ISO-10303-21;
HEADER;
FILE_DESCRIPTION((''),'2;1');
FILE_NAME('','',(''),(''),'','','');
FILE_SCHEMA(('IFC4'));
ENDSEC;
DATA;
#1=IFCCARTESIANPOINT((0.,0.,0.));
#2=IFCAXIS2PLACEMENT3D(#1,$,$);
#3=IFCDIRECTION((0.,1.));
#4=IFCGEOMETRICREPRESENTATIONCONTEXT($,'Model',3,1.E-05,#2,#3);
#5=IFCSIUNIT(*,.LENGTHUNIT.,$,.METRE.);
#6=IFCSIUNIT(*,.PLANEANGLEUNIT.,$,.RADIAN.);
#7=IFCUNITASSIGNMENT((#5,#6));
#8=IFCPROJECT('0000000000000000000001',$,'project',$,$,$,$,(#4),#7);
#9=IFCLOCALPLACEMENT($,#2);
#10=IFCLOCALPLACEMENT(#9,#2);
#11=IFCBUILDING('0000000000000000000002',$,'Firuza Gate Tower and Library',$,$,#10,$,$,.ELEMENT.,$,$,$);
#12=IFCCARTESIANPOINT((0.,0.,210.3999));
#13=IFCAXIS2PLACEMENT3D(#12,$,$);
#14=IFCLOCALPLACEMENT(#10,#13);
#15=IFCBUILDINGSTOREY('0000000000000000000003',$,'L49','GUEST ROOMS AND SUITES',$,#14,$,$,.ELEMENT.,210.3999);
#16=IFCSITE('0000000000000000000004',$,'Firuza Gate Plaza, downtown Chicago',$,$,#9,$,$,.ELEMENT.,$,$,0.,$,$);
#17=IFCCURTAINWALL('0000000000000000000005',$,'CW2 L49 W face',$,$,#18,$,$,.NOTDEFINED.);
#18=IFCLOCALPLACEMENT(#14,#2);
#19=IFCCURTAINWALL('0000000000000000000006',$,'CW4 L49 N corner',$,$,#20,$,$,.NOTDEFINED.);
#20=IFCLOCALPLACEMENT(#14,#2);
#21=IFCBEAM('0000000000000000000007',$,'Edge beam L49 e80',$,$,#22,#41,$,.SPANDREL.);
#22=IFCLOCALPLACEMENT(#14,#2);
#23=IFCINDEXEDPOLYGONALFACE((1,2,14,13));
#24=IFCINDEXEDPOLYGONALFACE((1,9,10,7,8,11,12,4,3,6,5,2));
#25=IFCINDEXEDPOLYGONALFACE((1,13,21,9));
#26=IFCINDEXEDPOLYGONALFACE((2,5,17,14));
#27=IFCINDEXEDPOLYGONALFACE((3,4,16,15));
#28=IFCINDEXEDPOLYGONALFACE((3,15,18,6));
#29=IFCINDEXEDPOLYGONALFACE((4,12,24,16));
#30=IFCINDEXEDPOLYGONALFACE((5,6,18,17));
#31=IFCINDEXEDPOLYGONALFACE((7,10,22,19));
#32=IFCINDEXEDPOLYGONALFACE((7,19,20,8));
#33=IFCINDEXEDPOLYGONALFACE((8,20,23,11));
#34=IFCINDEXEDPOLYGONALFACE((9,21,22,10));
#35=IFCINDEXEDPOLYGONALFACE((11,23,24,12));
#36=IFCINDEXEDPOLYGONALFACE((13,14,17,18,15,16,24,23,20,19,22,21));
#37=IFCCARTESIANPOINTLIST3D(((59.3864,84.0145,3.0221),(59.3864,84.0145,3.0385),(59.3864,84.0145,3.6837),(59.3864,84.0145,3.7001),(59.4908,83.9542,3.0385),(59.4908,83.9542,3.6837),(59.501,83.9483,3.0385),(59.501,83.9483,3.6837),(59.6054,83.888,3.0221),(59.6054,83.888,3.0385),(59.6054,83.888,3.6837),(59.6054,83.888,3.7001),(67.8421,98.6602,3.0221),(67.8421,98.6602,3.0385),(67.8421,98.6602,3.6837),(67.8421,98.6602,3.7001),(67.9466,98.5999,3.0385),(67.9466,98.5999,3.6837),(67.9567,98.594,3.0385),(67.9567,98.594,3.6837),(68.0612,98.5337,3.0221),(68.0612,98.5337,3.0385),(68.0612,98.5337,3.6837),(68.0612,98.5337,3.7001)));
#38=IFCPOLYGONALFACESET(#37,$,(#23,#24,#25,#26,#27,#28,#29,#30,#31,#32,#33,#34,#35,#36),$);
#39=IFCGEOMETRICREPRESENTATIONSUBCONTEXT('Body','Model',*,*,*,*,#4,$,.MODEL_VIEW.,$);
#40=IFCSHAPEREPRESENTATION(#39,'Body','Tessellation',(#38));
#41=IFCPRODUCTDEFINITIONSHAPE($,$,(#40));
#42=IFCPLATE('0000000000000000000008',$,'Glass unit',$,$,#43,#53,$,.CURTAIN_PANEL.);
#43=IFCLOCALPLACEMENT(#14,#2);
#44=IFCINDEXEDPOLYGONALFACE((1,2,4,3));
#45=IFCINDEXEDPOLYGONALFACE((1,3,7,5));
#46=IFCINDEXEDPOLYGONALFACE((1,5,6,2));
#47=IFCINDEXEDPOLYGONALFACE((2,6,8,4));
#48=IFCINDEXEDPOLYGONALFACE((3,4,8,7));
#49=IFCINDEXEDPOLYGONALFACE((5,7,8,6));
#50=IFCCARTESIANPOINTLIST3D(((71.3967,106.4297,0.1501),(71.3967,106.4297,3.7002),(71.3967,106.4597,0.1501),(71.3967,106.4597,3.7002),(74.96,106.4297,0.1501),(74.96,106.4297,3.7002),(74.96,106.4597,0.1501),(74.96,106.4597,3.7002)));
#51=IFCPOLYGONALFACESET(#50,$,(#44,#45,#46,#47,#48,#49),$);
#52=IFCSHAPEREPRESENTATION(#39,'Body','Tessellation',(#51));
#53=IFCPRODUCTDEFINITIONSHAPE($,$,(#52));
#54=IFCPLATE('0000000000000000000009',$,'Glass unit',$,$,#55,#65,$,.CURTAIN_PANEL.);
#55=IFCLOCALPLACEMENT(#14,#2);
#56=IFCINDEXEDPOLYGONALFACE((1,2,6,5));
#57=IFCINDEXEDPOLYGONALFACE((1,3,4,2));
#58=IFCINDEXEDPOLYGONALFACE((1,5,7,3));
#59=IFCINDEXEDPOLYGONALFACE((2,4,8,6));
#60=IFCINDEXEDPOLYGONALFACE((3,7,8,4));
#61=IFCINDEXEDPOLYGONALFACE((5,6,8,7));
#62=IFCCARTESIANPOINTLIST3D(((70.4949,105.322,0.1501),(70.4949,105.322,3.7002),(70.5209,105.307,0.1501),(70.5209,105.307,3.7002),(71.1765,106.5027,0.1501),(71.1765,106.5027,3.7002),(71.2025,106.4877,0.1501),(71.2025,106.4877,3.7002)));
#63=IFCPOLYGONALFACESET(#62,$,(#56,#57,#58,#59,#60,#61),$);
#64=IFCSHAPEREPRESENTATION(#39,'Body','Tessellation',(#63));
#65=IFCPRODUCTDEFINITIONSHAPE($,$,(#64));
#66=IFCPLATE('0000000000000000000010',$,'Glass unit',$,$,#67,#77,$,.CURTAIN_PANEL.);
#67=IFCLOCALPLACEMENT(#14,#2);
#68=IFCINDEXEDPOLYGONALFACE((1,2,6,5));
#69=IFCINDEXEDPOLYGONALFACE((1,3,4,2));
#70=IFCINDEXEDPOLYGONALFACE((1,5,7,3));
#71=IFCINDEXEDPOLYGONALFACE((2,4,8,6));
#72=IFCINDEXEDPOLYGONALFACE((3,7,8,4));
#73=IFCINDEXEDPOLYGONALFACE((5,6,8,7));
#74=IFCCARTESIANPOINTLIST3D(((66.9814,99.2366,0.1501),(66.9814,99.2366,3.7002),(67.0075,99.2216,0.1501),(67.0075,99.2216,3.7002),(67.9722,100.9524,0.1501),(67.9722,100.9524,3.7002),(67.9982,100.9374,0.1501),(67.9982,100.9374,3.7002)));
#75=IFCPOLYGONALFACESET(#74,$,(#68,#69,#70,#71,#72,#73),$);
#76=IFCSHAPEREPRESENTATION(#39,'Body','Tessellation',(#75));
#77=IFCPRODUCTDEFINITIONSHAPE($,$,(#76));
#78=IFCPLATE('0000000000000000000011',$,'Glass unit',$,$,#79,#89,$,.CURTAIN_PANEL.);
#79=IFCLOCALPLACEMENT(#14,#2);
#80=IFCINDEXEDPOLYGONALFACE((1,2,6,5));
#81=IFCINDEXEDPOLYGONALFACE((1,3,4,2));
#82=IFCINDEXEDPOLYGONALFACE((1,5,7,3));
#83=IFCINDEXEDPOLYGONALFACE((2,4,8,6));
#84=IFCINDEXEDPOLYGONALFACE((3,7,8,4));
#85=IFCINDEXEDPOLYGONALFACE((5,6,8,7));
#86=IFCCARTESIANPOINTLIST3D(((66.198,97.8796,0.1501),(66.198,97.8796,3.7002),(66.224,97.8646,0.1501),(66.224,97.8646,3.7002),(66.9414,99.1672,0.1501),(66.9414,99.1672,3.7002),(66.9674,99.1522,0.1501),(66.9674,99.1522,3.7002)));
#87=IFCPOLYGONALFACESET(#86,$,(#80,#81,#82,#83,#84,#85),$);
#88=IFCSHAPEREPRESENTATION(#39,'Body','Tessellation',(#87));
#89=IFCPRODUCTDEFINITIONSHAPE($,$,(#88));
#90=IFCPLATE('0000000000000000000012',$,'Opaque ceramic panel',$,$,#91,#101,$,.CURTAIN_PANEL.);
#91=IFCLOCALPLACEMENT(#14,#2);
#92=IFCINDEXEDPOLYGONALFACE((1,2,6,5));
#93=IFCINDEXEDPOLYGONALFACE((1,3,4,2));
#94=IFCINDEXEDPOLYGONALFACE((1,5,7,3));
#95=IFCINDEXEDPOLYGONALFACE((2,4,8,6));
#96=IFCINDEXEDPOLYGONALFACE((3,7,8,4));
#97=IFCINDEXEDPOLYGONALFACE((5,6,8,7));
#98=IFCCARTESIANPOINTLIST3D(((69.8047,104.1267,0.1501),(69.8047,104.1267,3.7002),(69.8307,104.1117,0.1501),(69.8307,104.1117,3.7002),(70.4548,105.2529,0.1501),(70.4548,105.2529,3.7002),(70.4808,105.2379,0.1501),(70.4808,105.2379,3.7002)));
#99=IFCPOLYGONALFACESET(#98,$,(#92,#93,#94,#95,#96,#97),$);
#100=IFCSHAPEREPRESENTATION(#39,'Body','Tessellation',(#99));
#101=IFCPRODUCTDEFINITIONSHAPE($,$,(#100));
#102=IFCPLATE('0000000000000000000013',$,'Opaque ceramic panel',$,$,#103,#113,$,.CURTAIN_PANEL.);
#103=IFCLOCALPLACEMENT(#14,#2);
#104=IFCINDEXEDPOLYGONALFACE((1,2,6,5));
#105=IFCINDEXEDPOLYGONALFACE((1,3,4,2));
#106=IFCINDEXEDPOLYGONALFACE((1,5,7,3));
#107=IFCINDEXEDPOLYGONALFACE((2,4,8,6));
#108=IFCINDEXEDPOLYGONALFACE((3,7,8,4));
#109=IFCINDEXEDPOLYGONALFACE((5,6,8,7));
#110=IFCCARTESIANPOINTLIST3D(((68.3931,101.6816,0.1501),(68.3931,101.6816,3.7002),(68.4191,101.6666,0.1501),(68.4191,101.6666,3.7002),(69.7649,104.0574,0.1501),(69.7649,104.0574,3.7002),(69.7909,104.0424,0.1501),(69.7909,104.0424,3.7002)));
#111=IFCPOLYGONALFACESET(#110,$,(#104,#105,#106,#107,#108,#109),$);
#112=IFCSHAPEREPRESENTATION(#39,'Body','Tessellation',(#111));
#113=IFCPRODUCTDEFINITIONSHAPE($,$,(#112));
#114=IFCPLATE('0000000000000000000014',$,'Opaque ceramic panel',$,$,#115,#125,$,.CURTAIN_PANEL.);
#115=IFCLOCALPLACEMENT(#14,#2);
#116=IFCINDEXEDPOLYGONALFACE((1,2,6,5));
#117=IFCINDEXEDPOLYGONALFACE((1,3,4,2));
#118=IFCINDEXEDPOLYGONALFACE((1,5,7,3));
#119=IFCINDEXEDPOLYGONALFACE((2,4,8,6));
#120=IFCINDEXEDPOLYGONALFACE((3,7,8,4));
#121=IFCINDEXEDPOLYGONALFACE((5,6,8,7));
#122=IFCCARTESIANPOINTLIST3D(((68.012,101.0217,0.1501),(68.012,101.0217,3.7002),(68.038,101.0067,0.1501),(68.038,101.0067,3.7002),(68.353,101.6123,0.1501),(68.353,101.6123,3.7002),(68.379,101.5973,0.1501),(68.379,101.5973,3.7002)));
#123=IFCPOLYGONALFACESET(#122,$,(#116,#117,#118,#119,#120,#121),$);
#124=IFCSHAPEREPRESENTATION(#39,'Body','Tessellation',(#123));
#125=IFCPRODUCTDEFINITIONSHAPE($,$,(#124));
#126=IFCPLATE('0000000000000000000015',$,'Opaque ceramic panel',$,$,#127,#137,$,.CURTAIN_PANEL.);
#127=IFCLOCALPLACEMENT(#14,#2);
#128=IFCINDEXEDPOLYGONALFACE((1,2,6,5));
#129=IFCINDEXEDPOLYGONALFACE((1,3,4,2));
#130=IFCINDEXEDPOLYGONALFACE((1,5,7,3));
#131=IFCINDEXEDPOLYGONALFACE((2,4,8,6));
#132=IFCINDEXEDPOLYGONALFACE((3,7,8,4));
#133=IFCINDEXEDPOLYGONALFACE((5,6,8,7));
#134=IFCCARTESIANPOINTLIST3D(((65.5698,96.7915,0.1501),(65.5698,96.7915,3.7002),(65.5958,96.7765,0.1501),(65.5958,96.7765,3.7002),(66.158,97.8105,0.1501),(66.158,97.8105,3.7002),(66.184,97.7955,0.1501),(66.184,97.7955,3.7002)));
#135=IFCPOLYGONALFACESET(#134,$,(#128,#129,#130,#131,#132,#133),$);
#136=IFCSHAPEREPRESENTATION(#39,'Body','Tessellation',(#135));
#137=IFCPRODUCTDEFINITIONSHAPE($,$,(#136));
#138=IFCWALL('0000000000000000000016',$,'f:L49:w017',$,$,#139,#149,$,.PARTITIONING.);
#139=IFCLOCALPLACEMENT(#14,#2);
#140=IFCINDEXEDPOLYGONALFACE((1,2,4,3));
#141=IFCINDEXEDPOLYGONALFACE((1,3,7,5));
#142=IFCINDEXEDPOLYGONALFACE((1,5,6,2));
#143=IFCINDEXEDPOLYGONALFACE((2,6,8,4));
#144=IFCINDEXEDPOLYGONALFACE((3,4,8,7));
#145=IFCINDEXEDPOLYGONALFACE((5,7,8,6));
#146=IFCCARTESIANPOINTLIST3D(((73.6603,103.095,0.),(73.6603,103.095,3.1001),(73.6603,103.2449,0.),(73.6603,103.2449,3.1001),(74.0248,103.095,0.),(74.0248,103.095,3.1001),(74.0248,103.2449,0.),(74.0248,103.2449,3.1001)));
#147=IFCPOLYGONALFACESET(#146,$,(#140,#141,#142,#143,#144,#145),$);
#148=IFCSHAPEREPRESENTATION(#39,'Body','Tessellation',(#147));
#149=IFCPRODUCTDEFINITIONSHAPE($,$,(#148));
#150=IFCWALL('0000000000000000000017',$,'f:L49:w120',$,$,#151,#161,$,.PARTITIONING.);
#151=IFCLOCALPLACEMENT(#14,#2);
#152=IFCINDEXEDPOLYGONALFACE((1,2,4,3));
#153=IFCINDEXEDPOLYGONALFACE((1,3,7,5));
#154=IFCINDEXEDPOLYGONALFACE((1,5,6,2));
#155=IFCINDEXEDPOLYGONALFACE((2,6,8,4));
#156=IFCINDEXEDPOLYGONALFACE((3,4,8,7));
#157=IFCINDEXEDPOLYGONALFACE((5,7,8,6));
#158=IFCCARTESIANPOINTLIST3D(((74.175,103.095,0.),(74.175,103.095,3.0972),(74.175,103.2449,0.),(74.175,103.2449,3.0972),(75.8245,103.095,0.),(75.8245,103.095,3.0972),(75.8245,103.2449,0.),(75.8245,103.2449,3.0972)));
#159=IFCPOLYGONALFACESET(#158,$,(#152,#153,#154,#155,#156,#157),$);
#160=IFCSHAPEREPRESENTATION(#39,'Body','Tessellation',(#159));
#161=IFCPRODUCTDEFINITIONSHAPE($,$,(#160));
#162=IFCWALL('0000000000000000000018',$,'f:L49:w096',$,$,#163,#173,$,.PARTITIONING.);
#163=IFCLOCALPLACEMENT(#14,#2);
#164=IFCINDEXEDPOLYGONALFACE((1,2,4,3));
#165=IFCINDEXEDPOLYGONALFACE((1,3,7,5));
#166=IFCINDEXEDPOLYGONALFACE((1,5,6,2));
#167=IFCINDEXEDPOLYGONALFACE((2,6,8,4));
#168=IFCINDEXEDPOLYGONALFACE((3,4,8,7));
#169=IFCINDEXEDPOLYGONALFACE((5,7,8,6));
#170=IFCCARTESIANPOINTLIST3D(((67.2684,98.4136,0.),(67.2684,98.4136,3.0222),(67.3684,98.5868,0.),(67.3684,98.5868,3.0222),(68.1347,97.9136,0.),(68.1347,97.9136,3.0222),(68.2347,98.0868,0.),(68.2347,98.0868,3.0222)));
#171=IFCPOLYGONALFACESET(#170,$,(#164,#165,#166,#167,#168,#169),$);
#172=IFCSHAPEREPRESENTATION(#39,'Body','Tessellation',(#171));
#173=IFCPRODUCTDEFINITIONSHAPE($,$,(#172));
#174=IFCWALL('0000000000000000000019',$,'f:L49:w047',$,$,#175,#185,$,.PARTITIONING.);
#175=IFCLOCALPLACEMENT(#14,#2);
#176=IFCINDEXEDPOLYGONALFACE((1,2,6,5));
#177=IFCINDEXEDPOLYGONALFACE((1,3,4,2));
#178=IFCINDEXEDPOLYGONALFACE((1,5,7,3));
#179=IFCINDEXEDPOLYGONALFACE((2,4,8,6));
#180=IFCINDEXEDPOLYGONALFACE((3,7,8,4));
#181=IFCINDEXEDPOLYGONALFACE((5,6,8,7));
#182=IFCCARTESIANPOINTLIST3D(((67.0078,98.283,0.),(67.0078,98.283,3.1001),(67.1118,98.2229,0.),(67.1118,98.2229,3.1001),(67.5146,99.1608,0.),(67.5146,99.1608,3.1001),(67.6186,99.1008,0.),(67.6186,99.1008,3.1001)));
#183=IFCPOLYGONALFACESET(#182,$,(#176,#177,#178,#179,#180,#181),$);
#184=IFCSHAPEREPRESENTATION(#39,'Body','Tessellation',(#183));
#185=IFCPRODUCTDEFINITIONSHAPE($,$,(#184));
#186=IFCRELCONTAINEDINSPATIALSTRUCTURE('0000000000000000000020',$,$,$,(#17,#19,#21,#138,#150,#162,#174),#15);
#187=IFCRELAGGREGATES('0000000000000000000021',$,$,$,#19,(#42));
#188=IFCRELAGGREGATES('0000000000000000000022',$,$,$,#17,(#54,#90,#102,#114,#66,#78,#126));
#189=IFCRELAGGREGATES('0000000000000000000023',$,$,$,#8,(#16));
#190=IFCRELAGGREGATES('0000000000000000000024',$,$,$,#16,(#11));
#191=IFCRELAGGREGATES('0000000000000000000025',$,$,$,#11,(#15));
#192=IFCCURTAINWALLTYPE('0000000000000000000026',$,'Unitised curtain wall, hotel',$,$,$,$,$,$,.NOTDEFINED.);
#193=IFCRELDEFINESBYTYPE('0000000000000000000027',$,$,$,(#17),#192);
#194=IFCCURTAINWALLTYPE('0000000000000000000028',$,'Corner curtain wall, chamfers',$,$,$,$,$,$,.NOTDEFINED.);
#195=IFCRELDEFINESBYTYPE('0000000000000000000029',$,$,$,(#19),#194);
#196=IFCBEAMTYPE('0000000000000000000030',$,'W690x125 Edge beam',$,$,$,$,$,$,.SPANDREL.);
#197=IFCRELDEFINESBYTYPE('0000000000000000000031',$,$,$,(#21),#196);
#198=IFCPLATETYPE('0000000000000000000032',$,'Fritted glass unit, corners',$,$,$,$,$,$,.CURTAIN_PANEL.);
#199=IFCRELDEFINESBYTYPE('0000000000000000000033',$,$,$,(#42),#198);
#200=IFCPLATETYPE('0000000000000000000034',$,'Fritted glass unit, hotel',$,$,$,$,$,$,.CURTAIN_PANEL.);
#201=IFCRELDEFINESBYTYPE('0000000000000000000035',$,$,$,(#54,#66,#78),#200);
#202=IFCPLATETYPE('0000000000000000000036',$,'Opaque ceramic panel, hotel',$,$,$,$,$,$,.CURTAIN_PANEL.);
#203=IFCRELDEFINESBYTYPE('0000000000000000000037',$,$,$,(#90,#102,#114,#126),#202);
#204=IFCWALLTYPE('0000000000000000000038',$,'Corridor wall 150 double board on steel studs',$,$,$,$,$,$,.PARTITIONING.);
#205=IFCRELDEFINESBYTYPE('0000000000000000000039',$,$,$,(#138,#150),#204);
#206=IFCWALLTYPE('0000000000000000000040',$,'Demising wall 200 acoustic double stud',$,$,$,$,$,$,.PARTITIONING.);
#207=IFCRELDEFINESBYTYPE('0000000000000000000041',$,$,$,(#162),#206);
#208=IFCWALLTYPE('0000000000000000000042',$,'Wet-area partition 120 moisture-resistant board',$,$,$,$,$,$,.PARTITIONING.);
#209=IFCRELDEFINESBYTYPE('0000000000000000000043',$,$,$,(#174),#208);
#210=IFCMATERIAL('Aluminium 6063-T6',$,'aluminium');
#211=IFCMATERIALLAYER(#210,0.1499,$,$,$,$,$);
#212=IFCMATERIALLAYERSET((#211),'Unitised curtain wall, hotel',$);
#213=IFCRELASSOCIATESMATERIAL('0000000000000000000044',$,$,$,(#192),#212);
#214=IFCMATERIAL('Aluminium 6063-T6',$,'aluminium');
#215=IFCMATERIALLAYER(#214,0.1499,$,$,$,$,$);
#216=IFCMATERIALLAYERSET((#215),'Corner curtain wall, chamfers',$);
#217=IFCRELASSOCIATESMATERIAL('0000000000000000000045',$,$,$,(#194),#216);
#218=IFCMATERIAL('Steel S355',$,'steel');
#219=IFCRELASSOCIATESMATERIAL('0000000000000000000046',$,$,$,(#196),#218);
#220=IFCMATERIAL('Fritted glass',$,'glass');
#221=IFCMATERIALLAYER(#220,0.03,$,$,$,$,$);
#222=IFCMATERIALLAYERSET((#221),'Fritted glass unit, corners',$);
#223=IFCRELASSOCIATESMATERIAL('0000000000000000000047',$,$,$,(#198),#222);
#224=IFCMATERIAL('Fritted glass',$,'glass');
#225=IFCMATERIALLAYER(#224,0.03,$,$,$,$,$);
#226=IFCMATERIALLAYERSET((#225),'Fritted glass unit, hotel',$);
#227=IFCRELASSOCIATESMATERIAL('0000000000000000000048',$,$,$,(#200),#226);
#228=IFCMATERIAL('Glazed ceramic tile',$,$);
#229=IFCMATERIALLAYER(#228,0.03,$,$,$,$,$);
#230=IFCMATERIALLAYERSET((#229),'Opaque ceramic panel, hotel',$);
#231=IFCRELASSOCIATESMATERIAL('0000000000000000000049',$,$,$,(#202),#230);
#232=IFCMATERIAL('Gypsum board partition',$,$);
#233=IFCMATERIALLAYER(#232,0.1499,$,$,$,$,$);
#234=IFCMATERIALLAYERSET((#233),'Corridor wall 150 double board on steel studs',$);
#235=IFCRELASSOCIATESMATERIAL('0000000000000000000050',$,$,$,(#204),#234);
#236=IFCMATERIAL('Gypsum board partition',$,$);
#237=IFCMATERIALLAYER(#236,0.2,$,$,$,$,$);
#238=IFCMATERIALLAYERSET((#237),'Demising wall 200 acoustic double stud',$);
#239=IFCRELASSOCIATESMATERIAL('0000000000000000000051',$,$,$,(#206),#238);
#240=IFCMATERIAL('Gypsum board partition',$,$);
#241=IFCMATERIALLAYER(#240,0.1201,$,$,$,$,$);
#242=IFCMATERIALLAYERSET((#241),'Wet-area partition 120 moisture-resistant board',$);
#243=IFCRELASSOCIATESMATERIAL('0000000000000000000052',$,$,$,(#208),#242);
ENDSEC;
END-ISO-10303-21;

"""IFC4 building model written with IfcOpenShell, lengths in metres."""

from ifc_helpers import new_model, si_unit, direction, frame, frame_2d, origin, origin_2d, place, context, subcontext, project, spatial, polyline, rectangle, i_section, outline, extrude, material, layer, layer_set, material_profile, profile_set, type_object, element, aggregate, save


model = new_model("IFC4")

# Units and contexts
model_context = context("Model", 3, precision=1e-05, world=origin(), true_north=direction((0.0, 1.0)))
body_context = subcontext(model_context, "Body", "Model", "MODEL_VIEW")
ifc_project = project(units=[si_unit("LENGTHUNIT", "METRE"), si_unit("PLANEANGLEUNIT", "RADIAN")], contexts=[model_context])

# Site, building, storey
site_placement = place(None, origin())
site = spatial("IfcSite", under=ifc_project, at=site_placement, Name="Firuza Gate Plaza, downtown Chicago", CompositionType="ELEMENT", RefElevation=0.0)
building_placement = place(site_placement, origin())
building = spatial("IfcBuilding", under=site, at=building_placement, Name="Firuza Gate Tower and Library", CompositionType="ELEMENT")
storey_placement = place(building_placement, frame((0.0, 0.0, 210.3999)))
storey = spatial("IfcBuildingStorey", under=building, at=storey_placement, Name="L49", Description="GUEST ROOMS AND SUITES", CompositionType="ELEMENT", Elevation=210.3999)

# Curtain wall
ifc_material_1 = material(Name="Aluminium 6063-T6", Category="aluminium")
ifc_layer_1 = layer(ifc_material_1, 0.1499)
ifc_layer_set_1 = layer_set([ifc_layer_1], Name="Unitised curtain wall, hotel")
curtain_wall_type_1 = type_object("IfcCurtainWallType", Name="Unitised curtain wall, hotel", PredefinedType="NOTDEFINED", material=ifc_layer_set_1)
placement = place(storey_placement, origin())
curtain_wall_1 = element("IfcCurtainWall", 1, at=placement, inside=storey, type_object=curtain_wall_type_1, Name="CW2 L49 W face", PredefinedType="NOTDEFINED")

# Curtain wall
ifc_material_2 = material(Name="Aluminium 6063-T6", Category="aluminium")
ifc_layer_2 = layer(ifc_material_2, 0.1499)
ifc_layer_set_2 = layer_set([ifc_layer_2], Name="Corner curtain wall, chamfers")
curtain_wall_type_2 = type_object("IfcCurtainWallType", Name="Corner curtain wall, chamfers", PredefinedType="NOTDEFINED", material=ifc_layer_set_2)
curtain_wall_2 = element("IfcCurtainWall", 2, at=placement, inside=storey, type_object=curtain_wall_type_2, Name="CW4 L49 N corner", PredefinedType="NOTDEFINED")

# Beam
ifc_material_3 = material(Name="Steel S355", Category="steel")
ifc_material_profile_1 = material_profile(ifc_material_3, i_section(OverallWidth=0.2529, OverallDepth=0.678, WebThickness=0.0117, FlangeThickness=0.0164, at=origin_2d()))
ifc_profile_set_1 = profile_set([ifc_material_profile_1], Name="Steel S355")
beam_type_1 = type_object("IfcBeamType", Name="W690x125 Edge beam", PredefinedType="SPANDREL", material=ifc_profile_set_1)
beam_1_placement = place(storey_placement, frame((67.9517, 98.5969, 3.3611), z_axis=(-0.500004, -0.866023, 0.0), x_axis=(0.866023, -0.500004, 0.0)))
element("IfcBeam", 3, at=beam_1_placement, inside=storey, type_object=beam_type_1, Name="Edge beam L49 e80", PredefinedType="SPANDREL", context=body_context, shape_type="SweptSolid", body=[
    extrude(i_section(OverallWidth=0.2529, OverallDepth=0.678, WebThickness=0.0117, FlangeThickness=0.0164, at=origin_2d()), origin(), (0.0, 0.0, 1.0), 16.9114),
])

# Plates
ifc_material_4 = material(Name="Fritted glass", Category="glass")
ifc_layer_3 = layer(ifc_material_4, 0.03)
ifc_layer_set_3 = layer_set([ifc_layer_3], Name="Fritted glass unit, corners")
plate_type_1 = type_object("IfcPlateType", Name="Fritted glass unit, corners", PredefinedType="CURTAIN_PANEL", material=ifc_layer_set_3)
plate_1_placement = place(storey_placement, frame((74.96, 106.4597, 0.1501), z_axis=(0.0, 1.0, 0.0), x_axis=(-1.0, 0.0, 0.0)))
plate_1 = element("IfcPlate", 4, at=plate_1_placement, type_object=plate_type_1, Name="Glass unit", PredefinedType="CURTAIN_PANEL", context=body_context, shape_type="SweptSolid", body=[
    extrude(outline(polyline([(0.0, 0.0), (3.5632, 0.0), (3.5632, 3.55), (0.0, 3.55), (0.0, 0.0)])), origin(), (0.0, 0.0, -1.0), 0.03),
])
aggregate(curtain_wall_2, [plate_1])
ifc_material_5 = material(Name="Fritted glass", Category="glass")
ifc_layer_4 = layer(ifc_material_5, 0.03)
ifc_layer_set_4 = layer_set([ifc_layer_4], Name="Fritted glass unit, hotel")
plate_type_2 = type_object("IfcPlateType", Name="Fritted glass unit, hotel", PredefinedType="CURTAIN_PANEL", material=ifc_layer_set_4)
plate_2_placement = place(storey_placement, frame((71.1765, 106.5027, 0.1501), z_axis=(-0.866031, 0.499991, 0.0), x_axis=(-0.499991, -0.866031, 0.0)))
plate_2 = element("IfcPlate", 5, at=plate_2_placement, type_object=plate_type_2, Name="Glass unit", PredefinedType="CURTAIN_PANEL", context=body_context, shape_type="SweptSolid", body=[
    extrude(outline(polyline([(0.0, 0.0), (1.3633, 0.0), (1.3633, 3.55), (0.0, 3.55), (0.0, 0.0)])), origin(), (0.0, 0.0, -1.0), 0.03),
])
plate_3_placement = place(storey_placement, frame((67.9722, 100.9524, 0.1501), z_axis=(-0.866005, 0.500035, 0.0), x_axis=(-0.500035, -0.866005, 0.0)))
plate_3 = element("IfcPlate", 6, at=plate_3_placement, type_object=plate_type_2, Name="Glass unit", PredefinedType="CURTAIN_PANEL", context=body_context, shape_type="SweptSolid", body=[
    extrude(outline(polyline([(0.0, 0.0), (1.9813, 0.0), (1.9813, 3.55), (0.0, 3.55), (0.0, 0.0)])), origin(), (0.0, 0.0, -1.0), 0.03),
])
plate_4_placement = place(storey_placement, frame((66.9414, 99.1672, 0.1501), z_axis=(-0.866022, 0.500007, 0.0), x_axis=(-0.500007, -0.866022, 0.0)))
plate_4 = element("IfcPlate", 7, at=plate_4_placement, type_object=plate_type_2, Name="Glass unit", PredefinedType="CURTAIN_PANEL", context=body_context, shape_type="SweptSolid", body=[
    extrude(outline(polyline([(0.0, 0.0), (1.4868, 0.0), (1.4868, 3.55), (0.0, 3.55), (0.0, 0.0)])), origin(), (0.0, 0.0, -1.0), 0.03),
])
ifc_material_6 = material(Name="Glazed ceramic tile")
ifc_layer_5 = layer(ifc_material_6, 0.03)
ifc_layer_set_5 = layer_set([ifc_layer_5], Name="Opaque ceramic panel, hotel")
plate_type_3 = type_object("IfcPlateType", Name="Opaque ceramic panel, hotel", PredefinedType="CURTAIN_PANEL", material=ifc_layer_set_5)
plate_5_placement = place(storey_placement, frame((70.4548, 105.2529, 0.1501), z_axis=(-0.866051, 0.499955, 0.0), x_axis=(-0.499955, -0.866051, 0.0)))
plate_5 = element("IfcPlate", 8, at=plate_5_placement, type_object=plate_type_3, Name="Opaque ceramic panel", PredefinedType="CURTAIN_PANEL", context=body_context, shape_type="SweptSolid", body=[
    extrude(outline(polyline([(0.0, 0.0), (1.3004, 0.0), (1.3004, 3.55), (0.0, 3.55), (0.0, 0.0)])), origin(), (0.0, 0.0, -1.0), 0.03),
])
plate_6_placement = place(storey_placement, frame((69.7649, 104.0574, 0.1501), z_axis=(-0.865994, 0.500054, 0.0), x_axis=(-0.500054, -0.865994, 0.0)))
plate_6 = element("IfcPlate", 9, at=plate_6_placement, type_object=plate_type_3, Name="Opaque ceramic panel", PredefinedType="CURTAIN_PANEL", context=body_context, shape_type="SweptSolid", body=[
    extrude(outline(polyline([(0.0, 0.0), (2.7434, 0.0), (2.7434, 3.55), (0.0, 3.55), (0.0, 0.0)])), origin(), (0.0, 0.0, -1.0), 0.03),
])
plate_7_placement = place(storey_placement, frame((68.353, 101.6123, 0.1501), z_axis=(-0.865965, 0.500105, 0.0), x_axis=(-0.500105, -0.865965, 0.0)))
plate_7 = element("IfcPlate", 10, at=plate_7_placement, type_object=plate_type_3, Name="Opaque ceramic panel", PredefinedType="CURTAIN_PANEL", context=body_context, shape_type="SweptSolid", body=[
    extrude(outline(polyline([(0.0, 0.0), (0.682, 0.0), (0.682, 3.55), (0.0, 3.55), (0.0, 0.0)])), origin(), (0.0, 0.0, -1.0), 0.03),
])
plate_8_placement = place(storey_placement, frame((66.158, 97.8105, 0.1501), z_axis=(-0.866103, 0.499866, 0.0), x_axis=(-0.499866, -0.866103, 0.0)))
plate_8 = element("IfcPlate", 11, at=plate_8_placement, type_object=plate_type_3, Name="Opaque ceramic panel", PredefinedType="CURTAIN_PANEL", context=body_context, shape_type="SweptSolid", body=[
    extrude(outline(polyline([(0.0, 0.0), (1.1766, 0.0), (1.1766, 3.55), (0.0, 3.55), (0.0, 0.0)])), origin(), (0.0, 0.0, -1.0), 0.03),
])
aggregate(curtain_wall_1, [plate_2, plate_5, plate_6, plate_7, plate_3, plate_4, plate_8])

# Walls
ifc_material_7 = material(Name="Gypsum board partition")
ifc_layer_6 = layer(ifc_material_7, 0.1499)
ifc_layer_set_6 = layer_set([ifc_layer_6], Name="Corridor wall 150 double board on steel studs")
wall_type_1 = type_object("IfcWallType", Name="Corridor wall 150 double board on steel studs", PredefinedType="PARTITIONING", material=ifc_layer_set_6)
wall_1_placement = place(storey_placement, frame((73.6604, 103.1699, 0.0), z_axis=(0.0, 0.0, 1.0), x_axis=(1.0, 0.0, 0.0)))
element("IfcWall", 12, at=wall_1_placement, inside=storey, type_object=wall_type_1, Name="f:L49:w017", PredefinedType="PARTITIONING", context=body_context, shape_type="SweptSolid", body=[
    extrude(rectangle(XDim=0.3645, YDim=0.1499, at=frame_2d((0.1821, 0.0))), origin(), (0.0, 0.0, 1.0), 3.1001),
])
wall_2_placement = place(storey_placement, frame((74.175, 103.1699, 0.0), z_axis=(0.0, 0.0, 1.0), x_axis=(1.0, 0.0, 0.0)))
element("IfcWall", 13, at=wall_2_placement, inside=storey, type_object=wall_type_1, Name="f:L49:w120", PredefinedType="PARTITIONING", context=body_context, shape_type="SweptSolid", body=[
    extrude(rectangle(XDim=1.6494, YDim=0.1499, at=frame_2d((0.8247, 0.0))), origin(), (0.0, 0.0, 1.0), 3.0972),
])
ifc_material_8 = material(Name="Gypsum board partition")
ifc_layer_7 = layer(ifc_material_8, 0.2)
ifc_layer_set_7 = layer_set([ifc_layer_7], Name="Demising wall 200 acoustic double stud")
wall_type_2 = type_object("IfcWallType", Name="Demising wall 200 acoustic double stud", PredefinedType="PARTITIONING", material=ifc_layer_set_7)
wall_3_placement = place(storey_placement, frame((68.1846, 98.0002, 0.0), z_axis=(0.0, 0.0, 1.0), x_axis=(-0.866072, 0.49992, 0.0)))
element("IfcWall", 14, at=wall_3_placement, inside=storey, type_object=wall_type_2, Name="f:L49:w096", PredefinedType="PARTITIONING", context=body_context, shape_type="SweptSolid", body=[
    extrude(rectangle(XDim=1.0002, YDim=0.2, at=frame_2d((0.5, 0.0))), origin(), (0.0, 0.0, 1.0), 3.0222),
])
ifc_material_9 = material(Name="Gypsum board partition")
ifc_layer_8 = layer(ifc_material_9, 0.1201)
ifc_layer_set_8 = layer_set([ifc_layer_8], Name="Wet-area partition 120 moisture-resistant board")
wall_type_3 = type_object("IfcWallType", Name="Wet-area partition 120 moisture-resistant board", PredefinedType="PARTITIONING", material=ifc_layer_set_8)
wall_4_placement = place(storey_placement, frame((67.0598, 98.2529, 0.0), z_axis=(0.0, 0.0, 1.0), x_axis=(0.499973, 0.866041, 0.0)))
element("IfcWall", 15, at=wall_4_placement, inside=storey, type_object=wall_type_3, Name="f:L49:w047", PredefinedType="PARTITIONING", context=body_context, shape_type="SweptSolid", body=[
    extrude(rectangle(XDim=1.0137, YDim=0.1201, at=frame_2d((0.5068, 0.0))), origin(), (0.0, 0.0, 1.0), 3.1001),
])

save(model, "model.ifc")
